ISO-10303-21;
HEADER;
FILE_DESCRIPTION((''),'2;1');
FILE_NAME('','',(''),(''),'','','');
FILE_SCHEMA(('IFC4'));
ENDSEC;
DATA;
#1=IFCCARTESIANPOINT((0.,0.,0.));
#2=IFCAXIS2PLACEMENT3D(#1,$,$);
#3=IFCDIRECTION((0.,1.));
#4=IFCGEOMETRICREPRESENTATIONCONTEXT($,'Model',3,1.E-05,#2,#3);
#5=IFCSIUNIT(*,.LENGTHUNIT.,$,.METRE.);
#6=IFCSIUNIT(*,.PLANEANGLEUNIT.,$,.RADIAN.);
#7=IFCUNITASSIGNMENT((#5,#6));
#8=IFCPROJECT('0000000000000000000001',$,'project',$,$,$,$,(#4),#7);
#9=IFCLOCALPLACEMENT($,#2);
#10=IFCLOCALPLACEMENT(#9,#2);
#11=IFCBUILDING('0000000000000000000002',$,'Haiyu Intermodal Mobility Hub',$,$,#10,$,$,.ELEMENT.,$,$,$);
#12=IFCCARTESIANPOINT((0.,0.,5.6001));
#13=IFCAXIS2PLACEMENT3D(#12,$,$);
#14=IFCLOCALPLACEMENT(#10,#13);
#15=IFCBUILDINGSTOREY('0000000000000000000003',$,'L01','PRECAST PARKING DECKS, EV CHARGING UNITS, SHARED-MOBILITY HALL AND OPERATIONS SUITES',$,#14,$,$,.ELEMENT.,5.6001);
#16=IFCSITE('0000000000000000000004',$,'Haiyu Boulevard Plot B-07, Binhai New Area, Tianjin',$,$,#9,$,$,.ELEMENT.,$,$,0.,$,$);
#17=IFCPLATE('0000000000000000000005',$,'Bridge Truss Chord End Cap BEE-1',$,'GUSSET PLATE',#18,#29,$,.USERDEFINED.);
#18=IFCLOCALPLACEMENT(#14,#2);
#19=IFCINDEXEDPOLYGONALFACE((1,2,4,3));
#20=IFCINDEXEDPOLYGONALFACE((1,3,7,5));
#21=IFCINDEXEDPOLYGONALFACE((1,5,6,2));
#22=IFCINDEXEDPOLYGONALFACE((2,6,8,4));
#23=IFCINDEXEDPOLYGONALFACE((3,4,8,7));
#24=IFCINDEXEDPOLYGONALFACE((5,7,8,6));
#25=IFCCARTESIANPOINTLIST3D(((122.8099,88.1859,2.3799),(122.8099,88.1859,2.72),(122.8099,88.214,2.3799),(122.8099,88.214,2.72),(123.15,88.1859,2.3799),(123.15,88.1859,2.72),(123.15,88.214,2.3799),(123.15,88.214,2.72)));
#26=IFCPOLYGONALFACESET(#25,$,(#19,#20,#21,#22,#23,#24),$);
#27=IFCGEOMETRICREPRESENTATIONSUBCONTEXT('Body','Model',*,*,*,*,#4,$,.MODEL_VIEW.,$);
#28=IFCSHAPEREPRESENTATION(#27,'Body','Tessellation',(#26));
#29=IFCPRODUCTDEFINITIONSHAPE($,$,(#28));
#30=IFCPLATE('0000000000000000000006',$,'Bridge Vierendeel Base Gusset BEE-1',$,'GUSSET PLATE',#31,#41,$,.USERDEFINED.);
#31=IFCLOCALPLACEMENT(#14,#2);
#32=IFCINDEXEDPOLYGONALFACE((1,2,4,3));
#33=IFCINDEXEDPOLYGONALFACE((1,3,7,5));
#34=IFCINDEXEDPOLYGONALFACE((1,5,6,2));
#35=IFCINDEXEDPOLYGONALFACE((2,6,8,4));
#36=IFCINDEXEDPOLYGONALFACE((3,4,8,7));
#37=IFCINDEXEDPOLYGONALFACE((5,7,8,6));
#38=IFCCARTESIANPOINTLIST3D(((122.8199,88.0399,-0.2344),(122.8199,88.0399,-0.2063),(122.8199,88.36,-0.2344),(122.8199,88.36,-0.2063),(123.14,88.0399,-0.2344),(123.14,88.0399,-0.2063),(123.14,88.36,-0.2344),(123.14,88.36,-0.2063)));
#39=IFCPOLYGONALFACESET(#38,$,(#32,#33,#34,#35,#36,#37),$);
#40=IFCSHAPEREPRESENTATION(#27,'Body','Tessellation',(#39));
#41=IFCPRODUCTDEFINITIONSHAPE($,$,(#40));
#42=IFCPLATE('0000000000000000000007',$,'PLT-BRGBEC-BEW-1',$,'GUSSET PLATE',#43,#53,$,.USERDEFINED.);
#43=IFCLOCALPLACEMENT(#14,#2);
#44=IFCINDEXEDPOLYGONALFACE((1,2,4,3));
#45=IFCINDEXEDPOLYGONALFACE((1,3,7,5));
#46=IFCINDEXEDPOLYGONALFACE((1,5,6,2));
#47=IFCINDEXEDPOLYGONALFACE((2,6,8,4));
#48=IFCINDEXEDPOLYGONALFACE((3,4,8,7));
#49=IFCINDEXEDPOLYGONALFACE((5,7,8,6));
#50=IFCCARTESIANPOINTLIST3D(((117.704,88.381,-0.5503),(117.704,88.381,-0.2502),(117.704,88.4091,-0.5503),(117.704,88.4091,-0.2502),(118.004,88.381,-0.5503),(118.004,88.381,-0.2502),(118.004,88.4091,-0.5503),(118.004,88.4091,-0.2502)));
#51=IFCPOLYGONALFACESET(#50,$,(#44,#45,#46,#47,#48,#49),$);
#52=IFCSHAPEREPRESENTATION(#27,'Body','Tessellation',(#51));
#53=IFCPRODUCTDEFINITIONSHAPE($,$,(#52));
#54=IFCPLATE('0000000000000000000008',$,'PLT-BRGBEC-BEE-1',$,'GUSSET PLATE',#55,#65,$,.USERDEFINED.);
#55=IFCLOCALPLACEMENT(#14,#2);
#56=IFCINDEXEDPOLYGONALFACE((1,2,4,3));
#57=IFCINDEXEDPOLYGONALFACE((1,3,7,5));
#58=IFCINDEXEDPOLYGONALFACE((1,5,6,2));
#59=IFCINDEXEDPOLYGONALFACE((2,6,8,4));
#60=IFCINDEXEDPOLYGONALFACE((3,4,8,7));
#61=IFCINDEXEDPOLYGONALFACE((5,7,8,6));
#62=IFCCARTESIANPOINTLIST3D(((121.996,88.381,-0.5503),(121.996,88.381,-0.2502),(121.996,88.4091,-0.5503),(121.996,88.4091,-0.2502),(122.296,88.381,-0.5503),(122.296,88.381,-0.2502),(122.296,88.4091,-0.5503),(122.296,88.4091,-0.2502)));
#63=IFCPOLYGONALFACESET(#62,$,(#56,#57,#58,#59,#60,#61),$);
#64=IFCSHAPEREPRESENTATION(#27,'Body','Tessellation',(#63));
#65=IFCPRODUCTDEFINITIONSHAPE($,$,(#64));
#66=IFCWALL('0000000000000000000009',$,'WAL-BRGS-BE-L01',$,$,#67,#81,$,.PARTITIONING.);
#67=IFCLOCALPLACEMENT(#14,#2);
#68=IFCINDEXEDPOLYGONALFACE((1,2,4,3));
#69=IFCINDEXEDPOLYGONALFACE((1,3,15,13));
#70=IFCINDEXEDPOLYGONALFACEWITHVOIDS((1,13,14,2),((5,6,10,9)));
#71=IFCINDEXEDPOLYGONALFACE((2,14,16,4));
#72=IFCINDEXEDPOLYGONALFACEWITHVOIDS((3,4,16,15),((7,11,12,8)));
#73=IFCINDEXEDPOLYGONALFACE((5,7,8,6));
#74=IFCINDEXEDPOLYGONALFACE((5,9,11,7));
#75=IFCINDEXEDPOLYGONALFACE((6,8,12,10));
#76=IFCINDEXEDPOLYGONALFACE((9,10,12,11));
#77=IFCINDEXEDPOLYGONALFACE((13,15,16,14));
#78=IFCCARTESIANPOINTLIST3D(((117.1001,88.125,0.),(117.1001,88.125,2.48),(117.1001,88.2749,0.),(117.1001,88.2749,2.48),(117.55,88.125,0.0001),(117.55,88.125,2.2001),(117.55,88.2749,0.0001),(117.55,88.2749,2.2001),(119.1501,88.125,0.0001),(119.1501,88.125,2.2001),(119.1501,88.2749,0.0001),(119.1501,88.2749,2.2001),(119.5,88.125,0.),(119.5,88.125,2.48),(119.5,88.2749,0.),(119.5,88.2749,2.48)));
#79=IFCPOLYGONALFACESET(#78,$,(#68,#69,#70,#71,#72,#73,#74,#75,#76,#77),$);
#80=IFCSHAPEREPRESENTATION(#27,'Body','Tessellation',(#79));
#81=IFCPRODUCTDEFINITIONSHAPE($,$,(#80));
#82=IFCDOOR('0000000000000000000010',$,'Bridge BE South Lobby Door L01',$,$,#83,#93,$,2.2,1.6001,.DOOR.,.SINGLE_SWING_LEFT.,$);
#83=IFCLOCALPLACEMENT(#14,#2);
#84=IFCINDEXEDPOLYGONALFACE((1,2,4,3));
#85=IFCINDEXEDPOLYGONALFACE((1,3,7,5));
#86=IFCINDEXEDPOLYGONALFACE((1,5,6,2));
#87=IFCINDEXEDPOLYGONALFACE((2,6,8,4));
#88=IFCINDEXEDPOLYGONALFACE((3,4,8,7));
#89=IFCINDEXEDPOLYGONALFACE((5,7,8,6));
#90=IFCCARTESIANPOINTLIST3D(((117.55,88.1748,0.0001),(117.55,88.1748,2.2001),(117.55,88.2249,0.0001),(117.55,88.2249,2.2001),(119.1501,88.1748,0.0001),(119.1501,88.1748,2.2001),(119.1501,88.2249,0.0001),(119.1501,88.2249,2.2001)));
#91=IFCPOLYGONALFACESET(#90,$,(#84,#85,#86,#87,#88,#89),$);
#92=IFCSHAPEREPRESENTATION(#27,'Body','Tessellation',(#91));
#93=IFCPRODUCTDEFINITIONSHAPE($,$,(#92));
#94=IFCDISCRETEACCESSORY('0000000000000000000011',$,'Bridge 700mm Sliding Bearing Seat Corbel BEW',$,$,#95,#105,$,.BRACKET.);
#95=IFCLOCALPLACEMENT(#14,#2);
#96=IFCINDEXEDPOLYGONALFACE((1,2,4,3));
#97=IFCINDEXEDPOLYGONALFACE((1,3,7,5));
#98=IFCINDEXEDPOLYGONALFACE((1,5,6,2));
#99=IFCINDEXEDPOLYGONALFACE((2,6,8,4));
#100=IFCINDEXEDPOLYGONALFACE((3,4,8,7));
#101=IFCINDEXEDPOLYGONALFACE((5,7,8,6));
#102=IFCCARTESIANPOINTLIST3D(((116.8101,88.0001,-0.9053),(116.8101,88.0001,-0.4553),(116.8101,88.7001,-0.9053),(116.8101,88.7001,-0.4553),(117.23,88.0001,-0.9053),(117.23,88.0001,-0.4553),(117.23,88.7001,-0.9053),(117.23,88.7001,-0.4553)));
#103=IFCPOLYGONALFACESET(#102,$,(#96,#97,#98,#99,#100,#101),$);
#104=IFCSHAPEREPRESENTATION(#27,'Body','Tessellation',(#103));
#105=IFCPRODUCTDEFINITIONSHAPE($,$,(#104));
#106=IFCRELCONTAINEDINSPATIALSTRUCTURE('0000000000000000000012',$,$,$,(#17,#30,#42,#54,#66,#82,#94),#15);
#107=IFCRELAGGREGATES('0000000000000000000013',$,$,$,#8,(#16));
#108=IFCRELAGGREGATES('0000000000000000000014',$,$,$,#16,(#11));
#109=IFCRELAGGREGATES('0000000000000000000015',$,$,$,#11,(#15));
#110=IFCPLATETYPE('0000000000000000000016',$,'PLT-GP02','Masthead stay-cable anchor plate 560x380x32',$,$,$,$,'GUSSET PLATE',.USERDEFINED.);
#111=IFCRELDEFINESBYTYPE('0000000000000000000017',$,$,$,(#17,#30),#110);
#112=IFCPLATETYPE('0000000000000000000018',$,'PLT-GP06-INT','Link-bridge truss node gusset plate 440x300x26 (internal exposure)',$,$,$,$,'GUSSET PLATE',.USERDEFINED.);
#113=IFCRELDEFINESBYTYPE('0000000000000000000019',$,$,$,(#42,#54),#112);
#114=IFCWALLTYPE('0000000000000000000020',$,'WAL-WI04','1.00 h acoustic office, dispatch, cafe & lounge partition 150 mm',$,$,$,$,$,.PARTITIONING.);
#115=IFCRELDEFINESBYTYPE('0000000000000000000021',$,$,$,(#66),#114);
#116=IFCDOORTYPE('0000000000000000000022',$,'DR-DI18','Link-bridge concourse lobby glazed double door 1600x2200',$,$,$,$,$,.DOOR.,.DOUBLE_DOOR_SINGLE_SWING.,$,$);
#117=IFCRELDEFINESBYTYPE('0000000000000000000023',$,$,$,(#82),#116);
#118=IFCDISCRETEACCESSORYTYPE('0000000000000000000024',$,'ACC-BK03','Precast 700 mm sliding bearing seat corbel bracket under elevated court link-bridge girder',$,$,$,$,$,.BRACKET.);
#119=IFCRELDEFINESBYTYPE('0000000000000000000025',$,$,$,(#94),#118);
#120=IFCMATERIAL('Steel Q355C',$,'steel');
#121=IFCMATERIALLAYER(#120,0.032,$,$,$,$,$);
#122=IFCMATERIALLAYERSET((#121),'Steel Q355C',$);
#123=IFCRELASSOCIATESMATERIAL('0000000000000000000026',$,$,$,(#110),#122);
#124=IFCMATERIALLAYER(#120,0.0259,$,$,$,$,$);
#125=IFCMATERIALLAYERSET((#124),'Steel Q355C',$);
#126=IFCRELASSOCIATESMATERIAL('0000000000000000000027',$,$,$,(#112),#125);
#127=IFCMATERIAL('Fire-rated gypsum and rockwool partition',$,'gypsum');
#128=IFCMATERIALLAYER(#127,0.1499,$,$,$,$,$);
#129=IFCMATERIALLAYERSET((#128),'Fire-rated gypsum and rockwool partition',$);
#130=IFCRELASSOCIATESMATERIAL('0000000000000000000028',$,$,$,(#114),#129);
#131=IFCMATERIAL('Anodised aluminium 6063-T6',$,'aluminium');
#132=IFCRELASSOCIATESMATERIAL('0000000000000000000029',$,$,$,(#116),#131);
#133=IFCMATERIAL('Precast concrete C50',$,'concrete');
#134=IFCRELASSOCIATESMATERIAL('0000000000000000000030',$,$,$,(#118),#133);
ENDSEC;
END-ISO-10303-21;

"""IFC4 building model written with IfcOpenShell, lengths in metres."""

from ifc_helpers import new_model, si_unit, direction, frame, frame_2d, origin, origin_2d, place, context, subcontext, project, spatial, rectangle, extrude, material, layer, layer_set, type_object, element, fill, save


model = new_model("IFC4")

# Units and contexts
model_context = context("Model", 3, precision=1e-05, world=origin(), true_north=direction((0.0, 1.0)))
body_context = subcontext(model_context, "Body", "Model", "MODEL_VIEW")
ifc_project = project(units=[si_unit("LENGTHUNIT", "METRE"), si_unit("PLANEANGLEUNIT", "RADIAN")], contexts=[model_context])

# Site, building, storey
site_placement = place(None, origin())
site = spatial("IfcSite", under=ifc_project, at=site_placement, Name="Haiyu Boulevard Plot B-07, Binhai New Area, Tianjin", CompositionType="ELEMENT", RefElevation=0.0)
building_placement = place(site_placement, origin())
building = spatial("IfcBuilding", under=site, at=building_placement, Name="Haiyu Intermodal Mobility Hub", CompositionType="ELEMENT")
storey_placement = place(building_placement, frame((0.0, 0.0, 5.6001)))
storey = spatial("IfcBuildingStorey", under=building, at=storey_placement, Name="L01", Description="PRECAST PARKING DECKS, EV CHARGING UNITS, SHARED-MOBILITY HALL AND OPERATIONS SUITES", CompositionType="ELEMENT", Elevation=5.6001)

# Shared definitions
ifc_material_1 = material(Name="Steel Q355C", Category="steel")

# Shared definitions
ifc_material_2 = material(Name="Anodised aluminium 6063-T6", Category="aluminium")

# Plates
ifc_layer_1 = layer(ifc_material_1, 0.032)
ifc_layer_set_1 = layer_set([ifc_layer_1], Name="Steel Q355C")
plate_type_1 = type_object("IfcPlateType", Name="PLT-GP02", Description="Masthead stay-cable anchor plate 560x380x32", ElementType="GUSSET PLATE", PredefinedType="USERDEFINED", material=ifc_layer_set_1)
plate_1_placement = place(storey_placement, frame((122.98, 88.2, 2.3799), z_axis=(0.0, 0.0, 1.0), x_axis=(1.0, 0.0, 0.0)))
element("IfcPlate", 1, at=plate_1_placement, inside=storey, type_object=plate_type_1, Name="Bridge Truss Chord End Cap BEE-1", ObjectType="GUSSET PLATE", PredefinedType="USERDEFINED", context=body_context, shape_type="SweptSolid", body=[
    extrude(rectangle(XDim=0.3401, YDim=0.0281, at=origin_2d()), origin(), (0.0, 0.0, 1.0), 0.3401),
])
plate_2_placement = place(storey_placement, frame((122.98, 88.2, -0.2344), z_axis=(0.0, 0.0, 1.0), x_axis=(1.0, 0.0, 0.0)))
element("IfcPlate", 2, at=plate_2_placement, inside=storey, type_object=plate_type_1, Name="Bridge Vierendeel Base Gusset BEE-1", ObjectType="GUSSET PLATE", PredefinedType="USERDEFINED", context=body_context, shape_type="SweptSolid", body=[
    extrude(rectangle(XDim=0.3201, YDim=0.3201, at=origin_2d()), origin(), (0.0, 0.0, 1.0), 0.0281),
])
ifc_layer_2 = layer(ifc_material_1, 0.0259)
ifc_layer_set_2 = layer_set([ifc_layer_2], Name="Steel Q355C")
plate_type_2 = type_object("IfcPlateType", Name="PLT-GP06-INT", Description="Link-bridge truss node gusset plate 440x300x26 (internal exposure)", ElementType="GUSSET PLATE", PredefinedType="USERDEFINED", material=ifc_layer_set_2)
for number, where, z_axis, x_axis, name in (
    (3, (117.854, 88.395, -0.5503), (0.0, 0.0, 1.0), (1.0, 0.0, 0.0), "PLT-BRGBEC-BEW-1"),
    (4, (122.146, 88.395, -0.5503), (0.0, 0.0, 1.0), (1.0, 0.0, 0.0), "PLT-BRGBEC-BEE-1"),
):
    element("IfcPlate", number, at=place(storey_placement, frame(where, z_axis=z_axis, x_axis=x_axis)), inside=storey, type_object=plate_type_2, Name=name, ObjectType="GUSSET PLATE", PredefinedType="USERDEFINED", context=body_context, shape_type="SweptSolid", body=[
        extrude(rectangle(XDim=0.3, YDim=0.0281, at=origin_2d()), origin(), (0.0, 0.0, 1.0), 0.3),
    ])

# Wall, opening, door
ifc_material_3 = material(Name="Fire-rated gypsum and rockwool partition", Category="gypsum")
ifc_layer_3 = layer(ifc_material_3, 0.1499)
ifc_layer_set_3 = layer_set([ifc_layer_3], Name="Fire-rated gypsum and rockwool partition")
wall_type = type_object("IfcWallType", Name="WAL-WI04", Description="1.00 h acoustic office, dispatch, cafe & lounge partition 150 mm", PredefinedType="PARTITIONING", material=ifc_layer_set_3)
wall_placement = place(storey_placement, frame((117.1001, 88.2, 0.0), z_axis=(0.0, 0.0, 1.0), x_axis=(1.0, 0.0, 0.0)))
wall = element("IfcWall", 5, at=wall_placement, inside=storey, type_object=wall_type, Name="WAL-BRGS-BE-L01", PredefinedType="PARTITIONING", context=body_context, shape_type="SweptSolid", body=[
    extrude(rectangle(XDim=2.3999, YDim=0.1499, at=frame_2d((1.2, 0.0))), origin(), (0.0, 0.0, 1.0), 2.48),
])
opening_placement = place(wall_placement, frame((0.45, 0.0, 0.0)))
opening = element("IfcOpeningElement", 6, at=opening_placement, cuts=wall, PredefinedType="OPENING", context=body_context, shape_type="SweptSolid", body=[
    extrude(rectangle(XDim=1.6001, YDim=2.2, at=frame_2d((0.8, 1.1001))), frame((0.0, 0.085, 0.0), z_axis=(0.0, -1.0, 0.0), x_axis=(1.0, 0.0, 0.0)), (0.0, 0.0, 1.0), 0.1699),
])
door_type = type_object("IfcDoorType", Name="DR-DI18", Description="Link-bridge concourse lobby glazed double door 1600x2200", OperationType="DOUBLE_DOOR_SINGLE_SWING", PredefinedType="DOOR", material=ifc_material_2)
door_placement = place(opening_placement, origin())
door = element("IfcDoor", 7, at=door_placement, inside=storey, type_object=door_type, Name="Bridge BE South Lobby Door L01", OperationType="SINGLE_SWING_LEFT", OverallHeight=2.2, OverallWidth=1.6001, PredefinedType="DOOR", context=body_context, shape_type="SweptSolid", body=[
    extrude(rectangle(XDim=1.6001, YDim=2.2, at=frame_2d((0.8, 1.1001))), frame((0.0, 0.0249, 0.0), z_axis=(0.0, -1.0, 0.0), x_axis=(1.0, 0.0, 0.0)), (0.0, 0.0, 1.0), 0.05),
])
fill(opening, door)

# Discrete accessory
ifc_material_4 = material(Name="Precast concrete C50", Category="concrete")
discrete_accessory_type = type_object("IfcDiscreteAccessoryType", Name="ACC-BK03", Description="Precast 700 mm sliding bearing seat corbel bracket under elevated court link-bridge girder", PredefinedType="BRACKET", material=ifc_material_4)
discrete_accessory_placement = place(storey_placement, frame((117.02, 88.3501, -0.9053), z_axis=(0.0, 0.0, 1.0), x_axis=(0.0, 1.0, 0.0)))
element("IfcDiscreteAccessory", 8, at=discrete_accessory_placement, inside=storey, type_object=discrete_accessory_type, Name="Bridge 700mm Sliding Bearing Seat Corbel BEW", PredefinedType="BRACKET", context=body_context, shape_type="SweptSolid", body=[
    extrude(rectangle(XDim=0.7, YDim=0.4199, at=origin_2d()), origin(), (0.0, 0.0, 1.0), 0.45),
])

save(model, "model.ifc")
